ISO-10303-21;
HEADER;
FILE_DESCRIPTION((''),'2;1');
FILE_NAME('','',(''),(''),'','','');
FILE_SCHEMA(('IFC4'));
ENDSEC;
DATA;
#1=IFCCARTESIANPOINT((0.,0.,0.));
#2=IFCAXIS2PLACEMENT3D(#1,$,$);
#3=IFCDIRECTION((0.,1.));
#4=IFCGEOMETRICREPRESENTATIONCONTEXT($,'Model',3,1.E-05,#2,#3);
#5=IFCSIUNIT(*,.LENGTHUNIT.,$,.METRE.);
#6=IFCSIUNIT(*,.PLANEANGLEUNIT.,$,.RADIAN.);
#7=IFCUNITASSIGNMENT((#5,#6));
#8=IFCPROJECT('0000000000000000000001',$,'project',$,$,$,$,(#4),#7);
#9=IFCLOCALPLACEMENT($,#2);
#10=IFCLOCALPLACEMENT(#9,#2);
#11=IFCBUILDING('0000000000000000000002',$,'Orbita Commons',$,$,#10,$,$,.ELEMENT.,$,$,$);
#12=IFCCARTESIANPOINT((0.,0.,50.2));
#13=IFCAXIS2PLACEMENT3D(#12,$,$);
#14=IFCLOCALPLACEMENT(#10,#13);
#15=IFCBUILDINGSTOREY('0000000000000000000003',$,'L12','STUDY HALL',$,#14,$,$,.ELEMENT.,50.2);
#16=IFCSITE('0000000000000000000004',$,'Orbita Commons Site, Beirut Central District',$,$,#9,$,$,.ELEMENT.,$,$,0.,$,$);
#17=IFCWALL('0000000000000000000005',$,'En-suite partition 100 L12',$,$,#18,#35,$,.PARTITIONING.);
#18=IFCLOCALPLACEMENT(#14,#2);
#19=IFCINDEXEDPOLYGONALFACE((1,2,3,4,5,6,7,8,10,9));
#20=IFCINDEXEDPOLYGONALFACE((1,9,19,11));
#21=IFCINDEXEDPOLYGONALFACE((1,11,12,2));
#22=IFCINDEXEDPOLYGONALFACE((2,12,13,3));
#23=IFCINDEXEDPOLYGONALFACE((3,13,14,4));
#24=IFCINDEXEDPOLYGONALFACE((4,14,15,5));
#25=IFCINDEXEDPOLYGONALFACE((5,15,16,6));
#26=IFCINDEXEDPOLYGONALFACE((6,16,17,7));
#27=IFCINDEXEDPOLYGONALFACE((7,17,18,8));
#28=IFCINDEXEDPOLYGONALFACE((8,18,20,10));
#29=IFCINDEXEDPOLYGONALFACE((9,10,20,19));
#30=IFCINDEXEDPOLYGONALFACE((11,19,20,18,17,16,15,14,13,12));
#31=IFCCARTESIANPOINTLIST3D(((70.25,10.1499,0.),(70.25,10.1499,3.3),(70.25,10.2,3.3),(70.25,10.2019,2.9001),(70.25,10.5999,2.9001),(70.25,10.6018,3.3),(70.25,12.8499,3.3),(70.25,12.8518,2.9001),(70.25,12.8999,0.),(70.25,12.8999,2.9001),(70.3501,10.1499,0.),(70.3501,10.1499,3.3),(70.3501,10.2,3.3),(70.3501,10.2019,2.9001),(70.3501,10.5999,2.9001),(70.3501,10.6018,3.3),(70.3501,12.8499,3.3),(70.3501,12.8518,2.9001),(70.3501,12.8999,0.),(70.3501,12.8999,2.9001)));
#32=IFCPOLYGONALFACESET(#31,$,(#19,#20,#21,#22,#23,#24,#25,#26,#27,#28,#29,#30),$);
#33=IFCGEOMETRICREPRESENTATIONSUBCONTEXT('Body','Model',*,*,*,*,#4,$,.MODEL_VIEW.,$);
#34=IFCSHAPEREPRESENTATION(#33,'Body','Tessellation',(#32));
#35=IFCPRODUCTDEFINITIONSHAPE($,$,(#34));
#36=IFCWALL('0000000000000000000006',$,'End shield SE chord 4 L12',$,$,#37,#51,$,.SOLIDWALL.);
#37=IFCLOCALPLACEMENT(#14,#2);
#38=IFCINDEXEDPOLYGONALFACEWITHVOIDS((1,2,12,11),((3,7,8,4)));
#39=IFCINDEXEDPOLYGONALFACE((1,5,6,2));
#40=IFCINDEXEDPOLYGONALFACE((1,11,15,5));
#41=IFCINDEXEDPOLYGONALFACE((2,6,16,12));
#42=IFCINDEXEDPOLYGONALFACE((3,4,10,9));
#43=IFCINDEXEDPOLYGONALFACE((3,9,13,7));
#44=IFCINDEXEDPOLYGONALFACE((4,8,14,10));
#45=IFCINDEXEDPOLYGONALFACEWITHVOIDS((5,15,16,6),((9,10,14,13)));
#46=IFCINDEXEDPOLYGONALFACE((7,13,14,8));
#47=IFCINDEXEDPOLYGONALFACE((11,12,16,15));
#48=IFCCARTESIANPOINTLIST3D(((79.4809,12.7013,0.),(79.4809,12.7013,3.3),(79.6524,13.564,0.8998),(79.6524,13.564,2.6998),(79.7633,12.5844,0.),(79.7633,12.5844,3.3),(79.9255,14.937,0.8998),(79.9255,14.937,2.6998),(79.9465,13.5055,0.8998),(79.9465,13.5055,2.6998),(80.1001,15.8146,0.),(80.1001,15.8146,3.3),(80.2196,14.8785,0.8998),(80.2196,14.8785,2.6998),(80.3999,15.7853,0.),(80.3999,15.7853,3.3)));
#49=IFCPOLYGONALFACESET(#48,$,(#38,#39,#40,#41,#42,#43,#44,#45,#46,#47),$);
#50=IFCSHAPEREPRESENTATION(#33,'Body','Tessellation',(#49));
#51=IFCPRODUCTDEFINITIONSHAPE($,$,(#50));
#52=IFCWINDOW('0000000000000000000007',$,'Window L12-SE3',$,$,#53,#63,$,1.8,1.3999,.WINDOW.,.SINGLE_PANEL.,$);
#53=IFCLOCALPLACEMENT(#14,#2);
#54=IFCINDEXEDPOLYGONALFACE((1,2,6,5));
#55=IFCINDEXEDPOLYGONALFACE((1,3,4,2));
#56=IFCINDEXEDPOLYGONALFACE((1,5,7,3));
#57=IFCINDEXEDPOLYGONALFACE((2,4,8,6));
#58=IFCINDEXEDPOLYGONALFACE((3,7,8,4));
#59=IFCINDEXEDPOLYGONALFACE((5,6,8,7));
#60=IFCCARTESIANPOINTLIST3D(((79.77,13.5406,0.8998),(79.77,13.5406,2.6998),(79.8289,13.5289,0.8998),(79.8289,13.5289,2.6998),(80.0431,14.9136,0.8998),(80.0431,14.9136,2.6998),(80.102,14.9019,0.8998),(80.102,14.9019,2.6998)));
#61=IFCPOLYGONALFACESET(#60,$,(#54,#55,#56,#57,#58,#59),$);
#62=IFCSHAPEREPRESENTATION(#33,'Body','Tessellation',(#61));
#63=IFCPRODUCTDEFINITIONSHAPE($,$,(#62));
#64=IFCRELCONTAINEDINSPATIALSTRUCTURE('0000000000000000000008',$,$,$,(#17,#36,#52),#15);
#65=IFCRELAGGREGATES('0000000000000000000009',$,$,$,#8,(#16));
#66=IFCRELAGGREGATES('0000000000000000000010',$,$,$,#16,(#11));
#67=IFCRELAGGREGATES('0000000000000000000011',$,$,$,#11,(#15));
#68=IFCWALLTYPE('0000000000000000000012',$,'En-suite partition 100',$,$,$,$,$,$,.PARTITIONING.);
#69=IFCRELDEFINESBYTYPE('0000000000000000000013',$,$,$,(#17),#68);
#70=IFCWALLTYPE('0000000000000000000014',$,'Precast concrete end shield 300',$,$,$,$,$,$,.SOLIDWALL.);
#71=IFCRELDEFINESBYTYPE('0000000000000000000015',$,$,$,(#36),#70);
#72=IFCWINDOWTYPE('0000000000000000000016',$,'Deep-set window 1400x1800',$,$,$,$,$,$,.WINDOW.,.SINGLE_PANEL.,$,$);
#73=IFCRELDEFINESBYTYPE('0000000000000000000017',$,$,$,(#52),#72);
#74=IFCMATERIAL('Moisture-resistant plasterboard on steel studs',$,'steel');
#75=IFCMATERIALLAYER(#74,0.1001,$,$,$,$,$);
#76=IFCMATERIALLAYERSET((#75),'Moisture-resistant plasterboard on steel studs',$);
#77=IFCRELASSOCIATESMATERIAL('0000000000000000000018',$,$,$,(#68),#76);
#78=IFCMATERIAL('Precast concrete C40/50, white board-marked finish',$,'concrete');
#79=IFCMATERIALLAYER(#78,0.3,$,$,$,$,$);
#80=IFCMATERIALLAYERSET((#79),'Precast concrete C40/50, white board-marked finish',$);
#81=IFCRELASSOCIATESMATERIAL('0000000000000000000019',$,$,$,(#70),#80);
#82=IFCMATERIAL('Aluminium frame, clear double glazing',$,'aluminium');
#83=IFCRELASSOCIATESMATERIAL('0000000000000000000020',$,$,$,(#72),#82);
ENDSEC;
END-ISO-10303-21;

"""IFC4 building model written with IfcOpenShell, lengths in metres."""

from ifc_helpers import new_model, si_unit, direction, frame, frame_2d, origin, place, context, subcontext, project, spatial, polyline, rectangle, outline, extrude, material, layer, layer_set, type_object, element, fill, save


model = new_model("IFC4")

# Units and contexts
model_context = context("Model", 3, precision=1e-05, world=origin(), true_north=direction((0.0, 1.0)))
body_context = subcontext(model_context, "Body", "Model", "MODEL_VIEW")
ifc_project = project(units=[si_unit("LENGTHUNIT", "METRE"), si_unit("PLANEANGLEUNIT", "RADIAN")], contexts=[model_context])

# Site, building, storey
site_placement = place(None, origin())
site = spatial("IfcSite", under=ifc_project, at=site_placement, Name="Orbita Commons Site, Beirut Central District", CompositionType="ELEMENT", RefElevation=0.0)
building_placement = place(site_placement, origin())
building = spatial("IfcBuilding", under=site, at=building_placement, Name="Orbita Commons", CompositionType="ELEMENT")
storey_placement = place(building_placement, frame((0.0, 0.0, 50.2)))
storey = spatial("IfcBuildingStorey", under=building, at=storey_placement, Name="L12", Description="STUDY HALL", CompositionType="ELEMENT", Elevation=50.2)

# Wall
ifc_material_1 = material(Name="Moisture-resistant plasterboard on steel studs", Category="steel")
ifc_layer_1 = layer(ifc_material_1, 0.1001)
ifc_layer_set_1 = layer_set([ifc_layer_1], Name="Moisture-resistant plasterboard on steel studs")
wall_type_1 = type_object("IfcWallType", Name="En-suite partition 100", PredefinedType="PARTITIONING", material=ifc_layer_set_1)
wall_1_placement = place(storey_placement, frame((70.3, 10.1499, 0.0), z_axis=(0.0, 0.0, 1.0), x_axis=(0.0, 1.0, 0.0)))
element("IfcWall", 1, at=wall_1_placement, inside=storey, type_object=wall_type_1, Name="En-suite partition 100 L12", PredefinedType="PARTITIONING", context=body_context, shape_type="SweptSolid", body=[
    extrude(outline(polyline([(0.0, 0.0), (2.75, 0.0), (2.75, 2.9001), (2.7019, 2.9001), (2.7, 3.3), (0.4519, 3.3), (0.45, 2.9001), (0.052, 2.9001), (0.05, 3.3), (0.0, 3.3), (0.0, 0.0)])), frame((0.0, 0.05, 0.0), z_axis=(0.0, -1.0, 0.0), x_axis=(1.0, 0.0, 0.0)), (0.0, 0.0, 1.0), 0.1001),
])

# Wall, opening, window
ifc_material_2 = material(Name="Precast concrete C40/50, white board-marked finish", Category="concrete")
ifc_layer_2 = layer(ifc_material_2, 0.3)
ifc_layer_set_2 = layer_set([ifc_layer_2], Name="Precast concrete C40/50, white board-marked finish")
wall_type_2 = type_object("IfcWallType", Name="Precast concrete end shield 300", PredefinedType="SOLIDWALL", material=ifc_layer_set_2)
wall_2_placement = place(storey_placement, frame((79.6221, 12.6428, 0.0), z_axis=(0.0, 0.0, 1.0), x_axis=(0.195066, 0.98079, 0.0)))
wall_2 = element("IfcWall", 2, at=wall_2_placement, inside=storey, type_object=wall_type_2, Name="End shield SE chord 4 L12", PredefinedType="SOLIDWALL", context=body_context, shape_type="SweptSolid", body=[
    extrude(outline(polyline([(-0.0298, -0.1499), (3.2339, -0.1499), (3.2041, 0.1499), (0.0298, 0.1499), (-0.0298, -0.1499)])), origin(), (0.0, 0.0, 1.0), 3.3),
])
opening_1_placement = place(wall_2_placement, frame((0.9094, 0.0, 0.8999)))
opening_1 = element("IfcOpeningElement", 3, at=opening_1_placement, cuts=wall_2, PredefinedType="OPENING", context=body_context, shape_type="SweptSolid", body=[
    extrude(rectangle(XDim=1.3999, YDim=1.8, at=frame_2d((0.7, 0.8999))), frame((0.0, 0.1599, 0.0), z_axis=(0.0, -1.0, 0.0), x_axis=(1.0, 0.0, 0.0)), (0.0, 0.0, 1.0), 0.3201),
])
ifc_material_3 = material(Name="Aluminium frame, clear double glazing", Category="aluminium")
window_type = type_object("IfcWindowType", Name="Deep-set window 1400x1800", PartitioningType="SINGLE_PANEL", PredefinedType="WINDOW", material=ifc_material_3)
window_placement = place(opening_1_placement, origin())
window = element("IfcWindow", 4, at=window_placement, inside=storey, type_object=window_type, Name="Window L12-SE3", OverallHeight=1.8, OverallWidth=1.3999, PartitioningType="SINGLE_PANEL", PredefinedType="WINDOW", context=body_context, shape_type="SweptSolid", body=[
    extrude(rectangle(XDim=1.3999, YDim=1.8, at=frame_2d((0.7, 0.8999))), frame((0.0, 0.03, 0.0), z_axis=(0.0, -1.0, 0.0), x_axis=(1.0, 0.0, 0.0)), (0.0, 0.0, 1.0), 0.0601),
])
fill(opening_1, window)

save(model, "model.ifc")
